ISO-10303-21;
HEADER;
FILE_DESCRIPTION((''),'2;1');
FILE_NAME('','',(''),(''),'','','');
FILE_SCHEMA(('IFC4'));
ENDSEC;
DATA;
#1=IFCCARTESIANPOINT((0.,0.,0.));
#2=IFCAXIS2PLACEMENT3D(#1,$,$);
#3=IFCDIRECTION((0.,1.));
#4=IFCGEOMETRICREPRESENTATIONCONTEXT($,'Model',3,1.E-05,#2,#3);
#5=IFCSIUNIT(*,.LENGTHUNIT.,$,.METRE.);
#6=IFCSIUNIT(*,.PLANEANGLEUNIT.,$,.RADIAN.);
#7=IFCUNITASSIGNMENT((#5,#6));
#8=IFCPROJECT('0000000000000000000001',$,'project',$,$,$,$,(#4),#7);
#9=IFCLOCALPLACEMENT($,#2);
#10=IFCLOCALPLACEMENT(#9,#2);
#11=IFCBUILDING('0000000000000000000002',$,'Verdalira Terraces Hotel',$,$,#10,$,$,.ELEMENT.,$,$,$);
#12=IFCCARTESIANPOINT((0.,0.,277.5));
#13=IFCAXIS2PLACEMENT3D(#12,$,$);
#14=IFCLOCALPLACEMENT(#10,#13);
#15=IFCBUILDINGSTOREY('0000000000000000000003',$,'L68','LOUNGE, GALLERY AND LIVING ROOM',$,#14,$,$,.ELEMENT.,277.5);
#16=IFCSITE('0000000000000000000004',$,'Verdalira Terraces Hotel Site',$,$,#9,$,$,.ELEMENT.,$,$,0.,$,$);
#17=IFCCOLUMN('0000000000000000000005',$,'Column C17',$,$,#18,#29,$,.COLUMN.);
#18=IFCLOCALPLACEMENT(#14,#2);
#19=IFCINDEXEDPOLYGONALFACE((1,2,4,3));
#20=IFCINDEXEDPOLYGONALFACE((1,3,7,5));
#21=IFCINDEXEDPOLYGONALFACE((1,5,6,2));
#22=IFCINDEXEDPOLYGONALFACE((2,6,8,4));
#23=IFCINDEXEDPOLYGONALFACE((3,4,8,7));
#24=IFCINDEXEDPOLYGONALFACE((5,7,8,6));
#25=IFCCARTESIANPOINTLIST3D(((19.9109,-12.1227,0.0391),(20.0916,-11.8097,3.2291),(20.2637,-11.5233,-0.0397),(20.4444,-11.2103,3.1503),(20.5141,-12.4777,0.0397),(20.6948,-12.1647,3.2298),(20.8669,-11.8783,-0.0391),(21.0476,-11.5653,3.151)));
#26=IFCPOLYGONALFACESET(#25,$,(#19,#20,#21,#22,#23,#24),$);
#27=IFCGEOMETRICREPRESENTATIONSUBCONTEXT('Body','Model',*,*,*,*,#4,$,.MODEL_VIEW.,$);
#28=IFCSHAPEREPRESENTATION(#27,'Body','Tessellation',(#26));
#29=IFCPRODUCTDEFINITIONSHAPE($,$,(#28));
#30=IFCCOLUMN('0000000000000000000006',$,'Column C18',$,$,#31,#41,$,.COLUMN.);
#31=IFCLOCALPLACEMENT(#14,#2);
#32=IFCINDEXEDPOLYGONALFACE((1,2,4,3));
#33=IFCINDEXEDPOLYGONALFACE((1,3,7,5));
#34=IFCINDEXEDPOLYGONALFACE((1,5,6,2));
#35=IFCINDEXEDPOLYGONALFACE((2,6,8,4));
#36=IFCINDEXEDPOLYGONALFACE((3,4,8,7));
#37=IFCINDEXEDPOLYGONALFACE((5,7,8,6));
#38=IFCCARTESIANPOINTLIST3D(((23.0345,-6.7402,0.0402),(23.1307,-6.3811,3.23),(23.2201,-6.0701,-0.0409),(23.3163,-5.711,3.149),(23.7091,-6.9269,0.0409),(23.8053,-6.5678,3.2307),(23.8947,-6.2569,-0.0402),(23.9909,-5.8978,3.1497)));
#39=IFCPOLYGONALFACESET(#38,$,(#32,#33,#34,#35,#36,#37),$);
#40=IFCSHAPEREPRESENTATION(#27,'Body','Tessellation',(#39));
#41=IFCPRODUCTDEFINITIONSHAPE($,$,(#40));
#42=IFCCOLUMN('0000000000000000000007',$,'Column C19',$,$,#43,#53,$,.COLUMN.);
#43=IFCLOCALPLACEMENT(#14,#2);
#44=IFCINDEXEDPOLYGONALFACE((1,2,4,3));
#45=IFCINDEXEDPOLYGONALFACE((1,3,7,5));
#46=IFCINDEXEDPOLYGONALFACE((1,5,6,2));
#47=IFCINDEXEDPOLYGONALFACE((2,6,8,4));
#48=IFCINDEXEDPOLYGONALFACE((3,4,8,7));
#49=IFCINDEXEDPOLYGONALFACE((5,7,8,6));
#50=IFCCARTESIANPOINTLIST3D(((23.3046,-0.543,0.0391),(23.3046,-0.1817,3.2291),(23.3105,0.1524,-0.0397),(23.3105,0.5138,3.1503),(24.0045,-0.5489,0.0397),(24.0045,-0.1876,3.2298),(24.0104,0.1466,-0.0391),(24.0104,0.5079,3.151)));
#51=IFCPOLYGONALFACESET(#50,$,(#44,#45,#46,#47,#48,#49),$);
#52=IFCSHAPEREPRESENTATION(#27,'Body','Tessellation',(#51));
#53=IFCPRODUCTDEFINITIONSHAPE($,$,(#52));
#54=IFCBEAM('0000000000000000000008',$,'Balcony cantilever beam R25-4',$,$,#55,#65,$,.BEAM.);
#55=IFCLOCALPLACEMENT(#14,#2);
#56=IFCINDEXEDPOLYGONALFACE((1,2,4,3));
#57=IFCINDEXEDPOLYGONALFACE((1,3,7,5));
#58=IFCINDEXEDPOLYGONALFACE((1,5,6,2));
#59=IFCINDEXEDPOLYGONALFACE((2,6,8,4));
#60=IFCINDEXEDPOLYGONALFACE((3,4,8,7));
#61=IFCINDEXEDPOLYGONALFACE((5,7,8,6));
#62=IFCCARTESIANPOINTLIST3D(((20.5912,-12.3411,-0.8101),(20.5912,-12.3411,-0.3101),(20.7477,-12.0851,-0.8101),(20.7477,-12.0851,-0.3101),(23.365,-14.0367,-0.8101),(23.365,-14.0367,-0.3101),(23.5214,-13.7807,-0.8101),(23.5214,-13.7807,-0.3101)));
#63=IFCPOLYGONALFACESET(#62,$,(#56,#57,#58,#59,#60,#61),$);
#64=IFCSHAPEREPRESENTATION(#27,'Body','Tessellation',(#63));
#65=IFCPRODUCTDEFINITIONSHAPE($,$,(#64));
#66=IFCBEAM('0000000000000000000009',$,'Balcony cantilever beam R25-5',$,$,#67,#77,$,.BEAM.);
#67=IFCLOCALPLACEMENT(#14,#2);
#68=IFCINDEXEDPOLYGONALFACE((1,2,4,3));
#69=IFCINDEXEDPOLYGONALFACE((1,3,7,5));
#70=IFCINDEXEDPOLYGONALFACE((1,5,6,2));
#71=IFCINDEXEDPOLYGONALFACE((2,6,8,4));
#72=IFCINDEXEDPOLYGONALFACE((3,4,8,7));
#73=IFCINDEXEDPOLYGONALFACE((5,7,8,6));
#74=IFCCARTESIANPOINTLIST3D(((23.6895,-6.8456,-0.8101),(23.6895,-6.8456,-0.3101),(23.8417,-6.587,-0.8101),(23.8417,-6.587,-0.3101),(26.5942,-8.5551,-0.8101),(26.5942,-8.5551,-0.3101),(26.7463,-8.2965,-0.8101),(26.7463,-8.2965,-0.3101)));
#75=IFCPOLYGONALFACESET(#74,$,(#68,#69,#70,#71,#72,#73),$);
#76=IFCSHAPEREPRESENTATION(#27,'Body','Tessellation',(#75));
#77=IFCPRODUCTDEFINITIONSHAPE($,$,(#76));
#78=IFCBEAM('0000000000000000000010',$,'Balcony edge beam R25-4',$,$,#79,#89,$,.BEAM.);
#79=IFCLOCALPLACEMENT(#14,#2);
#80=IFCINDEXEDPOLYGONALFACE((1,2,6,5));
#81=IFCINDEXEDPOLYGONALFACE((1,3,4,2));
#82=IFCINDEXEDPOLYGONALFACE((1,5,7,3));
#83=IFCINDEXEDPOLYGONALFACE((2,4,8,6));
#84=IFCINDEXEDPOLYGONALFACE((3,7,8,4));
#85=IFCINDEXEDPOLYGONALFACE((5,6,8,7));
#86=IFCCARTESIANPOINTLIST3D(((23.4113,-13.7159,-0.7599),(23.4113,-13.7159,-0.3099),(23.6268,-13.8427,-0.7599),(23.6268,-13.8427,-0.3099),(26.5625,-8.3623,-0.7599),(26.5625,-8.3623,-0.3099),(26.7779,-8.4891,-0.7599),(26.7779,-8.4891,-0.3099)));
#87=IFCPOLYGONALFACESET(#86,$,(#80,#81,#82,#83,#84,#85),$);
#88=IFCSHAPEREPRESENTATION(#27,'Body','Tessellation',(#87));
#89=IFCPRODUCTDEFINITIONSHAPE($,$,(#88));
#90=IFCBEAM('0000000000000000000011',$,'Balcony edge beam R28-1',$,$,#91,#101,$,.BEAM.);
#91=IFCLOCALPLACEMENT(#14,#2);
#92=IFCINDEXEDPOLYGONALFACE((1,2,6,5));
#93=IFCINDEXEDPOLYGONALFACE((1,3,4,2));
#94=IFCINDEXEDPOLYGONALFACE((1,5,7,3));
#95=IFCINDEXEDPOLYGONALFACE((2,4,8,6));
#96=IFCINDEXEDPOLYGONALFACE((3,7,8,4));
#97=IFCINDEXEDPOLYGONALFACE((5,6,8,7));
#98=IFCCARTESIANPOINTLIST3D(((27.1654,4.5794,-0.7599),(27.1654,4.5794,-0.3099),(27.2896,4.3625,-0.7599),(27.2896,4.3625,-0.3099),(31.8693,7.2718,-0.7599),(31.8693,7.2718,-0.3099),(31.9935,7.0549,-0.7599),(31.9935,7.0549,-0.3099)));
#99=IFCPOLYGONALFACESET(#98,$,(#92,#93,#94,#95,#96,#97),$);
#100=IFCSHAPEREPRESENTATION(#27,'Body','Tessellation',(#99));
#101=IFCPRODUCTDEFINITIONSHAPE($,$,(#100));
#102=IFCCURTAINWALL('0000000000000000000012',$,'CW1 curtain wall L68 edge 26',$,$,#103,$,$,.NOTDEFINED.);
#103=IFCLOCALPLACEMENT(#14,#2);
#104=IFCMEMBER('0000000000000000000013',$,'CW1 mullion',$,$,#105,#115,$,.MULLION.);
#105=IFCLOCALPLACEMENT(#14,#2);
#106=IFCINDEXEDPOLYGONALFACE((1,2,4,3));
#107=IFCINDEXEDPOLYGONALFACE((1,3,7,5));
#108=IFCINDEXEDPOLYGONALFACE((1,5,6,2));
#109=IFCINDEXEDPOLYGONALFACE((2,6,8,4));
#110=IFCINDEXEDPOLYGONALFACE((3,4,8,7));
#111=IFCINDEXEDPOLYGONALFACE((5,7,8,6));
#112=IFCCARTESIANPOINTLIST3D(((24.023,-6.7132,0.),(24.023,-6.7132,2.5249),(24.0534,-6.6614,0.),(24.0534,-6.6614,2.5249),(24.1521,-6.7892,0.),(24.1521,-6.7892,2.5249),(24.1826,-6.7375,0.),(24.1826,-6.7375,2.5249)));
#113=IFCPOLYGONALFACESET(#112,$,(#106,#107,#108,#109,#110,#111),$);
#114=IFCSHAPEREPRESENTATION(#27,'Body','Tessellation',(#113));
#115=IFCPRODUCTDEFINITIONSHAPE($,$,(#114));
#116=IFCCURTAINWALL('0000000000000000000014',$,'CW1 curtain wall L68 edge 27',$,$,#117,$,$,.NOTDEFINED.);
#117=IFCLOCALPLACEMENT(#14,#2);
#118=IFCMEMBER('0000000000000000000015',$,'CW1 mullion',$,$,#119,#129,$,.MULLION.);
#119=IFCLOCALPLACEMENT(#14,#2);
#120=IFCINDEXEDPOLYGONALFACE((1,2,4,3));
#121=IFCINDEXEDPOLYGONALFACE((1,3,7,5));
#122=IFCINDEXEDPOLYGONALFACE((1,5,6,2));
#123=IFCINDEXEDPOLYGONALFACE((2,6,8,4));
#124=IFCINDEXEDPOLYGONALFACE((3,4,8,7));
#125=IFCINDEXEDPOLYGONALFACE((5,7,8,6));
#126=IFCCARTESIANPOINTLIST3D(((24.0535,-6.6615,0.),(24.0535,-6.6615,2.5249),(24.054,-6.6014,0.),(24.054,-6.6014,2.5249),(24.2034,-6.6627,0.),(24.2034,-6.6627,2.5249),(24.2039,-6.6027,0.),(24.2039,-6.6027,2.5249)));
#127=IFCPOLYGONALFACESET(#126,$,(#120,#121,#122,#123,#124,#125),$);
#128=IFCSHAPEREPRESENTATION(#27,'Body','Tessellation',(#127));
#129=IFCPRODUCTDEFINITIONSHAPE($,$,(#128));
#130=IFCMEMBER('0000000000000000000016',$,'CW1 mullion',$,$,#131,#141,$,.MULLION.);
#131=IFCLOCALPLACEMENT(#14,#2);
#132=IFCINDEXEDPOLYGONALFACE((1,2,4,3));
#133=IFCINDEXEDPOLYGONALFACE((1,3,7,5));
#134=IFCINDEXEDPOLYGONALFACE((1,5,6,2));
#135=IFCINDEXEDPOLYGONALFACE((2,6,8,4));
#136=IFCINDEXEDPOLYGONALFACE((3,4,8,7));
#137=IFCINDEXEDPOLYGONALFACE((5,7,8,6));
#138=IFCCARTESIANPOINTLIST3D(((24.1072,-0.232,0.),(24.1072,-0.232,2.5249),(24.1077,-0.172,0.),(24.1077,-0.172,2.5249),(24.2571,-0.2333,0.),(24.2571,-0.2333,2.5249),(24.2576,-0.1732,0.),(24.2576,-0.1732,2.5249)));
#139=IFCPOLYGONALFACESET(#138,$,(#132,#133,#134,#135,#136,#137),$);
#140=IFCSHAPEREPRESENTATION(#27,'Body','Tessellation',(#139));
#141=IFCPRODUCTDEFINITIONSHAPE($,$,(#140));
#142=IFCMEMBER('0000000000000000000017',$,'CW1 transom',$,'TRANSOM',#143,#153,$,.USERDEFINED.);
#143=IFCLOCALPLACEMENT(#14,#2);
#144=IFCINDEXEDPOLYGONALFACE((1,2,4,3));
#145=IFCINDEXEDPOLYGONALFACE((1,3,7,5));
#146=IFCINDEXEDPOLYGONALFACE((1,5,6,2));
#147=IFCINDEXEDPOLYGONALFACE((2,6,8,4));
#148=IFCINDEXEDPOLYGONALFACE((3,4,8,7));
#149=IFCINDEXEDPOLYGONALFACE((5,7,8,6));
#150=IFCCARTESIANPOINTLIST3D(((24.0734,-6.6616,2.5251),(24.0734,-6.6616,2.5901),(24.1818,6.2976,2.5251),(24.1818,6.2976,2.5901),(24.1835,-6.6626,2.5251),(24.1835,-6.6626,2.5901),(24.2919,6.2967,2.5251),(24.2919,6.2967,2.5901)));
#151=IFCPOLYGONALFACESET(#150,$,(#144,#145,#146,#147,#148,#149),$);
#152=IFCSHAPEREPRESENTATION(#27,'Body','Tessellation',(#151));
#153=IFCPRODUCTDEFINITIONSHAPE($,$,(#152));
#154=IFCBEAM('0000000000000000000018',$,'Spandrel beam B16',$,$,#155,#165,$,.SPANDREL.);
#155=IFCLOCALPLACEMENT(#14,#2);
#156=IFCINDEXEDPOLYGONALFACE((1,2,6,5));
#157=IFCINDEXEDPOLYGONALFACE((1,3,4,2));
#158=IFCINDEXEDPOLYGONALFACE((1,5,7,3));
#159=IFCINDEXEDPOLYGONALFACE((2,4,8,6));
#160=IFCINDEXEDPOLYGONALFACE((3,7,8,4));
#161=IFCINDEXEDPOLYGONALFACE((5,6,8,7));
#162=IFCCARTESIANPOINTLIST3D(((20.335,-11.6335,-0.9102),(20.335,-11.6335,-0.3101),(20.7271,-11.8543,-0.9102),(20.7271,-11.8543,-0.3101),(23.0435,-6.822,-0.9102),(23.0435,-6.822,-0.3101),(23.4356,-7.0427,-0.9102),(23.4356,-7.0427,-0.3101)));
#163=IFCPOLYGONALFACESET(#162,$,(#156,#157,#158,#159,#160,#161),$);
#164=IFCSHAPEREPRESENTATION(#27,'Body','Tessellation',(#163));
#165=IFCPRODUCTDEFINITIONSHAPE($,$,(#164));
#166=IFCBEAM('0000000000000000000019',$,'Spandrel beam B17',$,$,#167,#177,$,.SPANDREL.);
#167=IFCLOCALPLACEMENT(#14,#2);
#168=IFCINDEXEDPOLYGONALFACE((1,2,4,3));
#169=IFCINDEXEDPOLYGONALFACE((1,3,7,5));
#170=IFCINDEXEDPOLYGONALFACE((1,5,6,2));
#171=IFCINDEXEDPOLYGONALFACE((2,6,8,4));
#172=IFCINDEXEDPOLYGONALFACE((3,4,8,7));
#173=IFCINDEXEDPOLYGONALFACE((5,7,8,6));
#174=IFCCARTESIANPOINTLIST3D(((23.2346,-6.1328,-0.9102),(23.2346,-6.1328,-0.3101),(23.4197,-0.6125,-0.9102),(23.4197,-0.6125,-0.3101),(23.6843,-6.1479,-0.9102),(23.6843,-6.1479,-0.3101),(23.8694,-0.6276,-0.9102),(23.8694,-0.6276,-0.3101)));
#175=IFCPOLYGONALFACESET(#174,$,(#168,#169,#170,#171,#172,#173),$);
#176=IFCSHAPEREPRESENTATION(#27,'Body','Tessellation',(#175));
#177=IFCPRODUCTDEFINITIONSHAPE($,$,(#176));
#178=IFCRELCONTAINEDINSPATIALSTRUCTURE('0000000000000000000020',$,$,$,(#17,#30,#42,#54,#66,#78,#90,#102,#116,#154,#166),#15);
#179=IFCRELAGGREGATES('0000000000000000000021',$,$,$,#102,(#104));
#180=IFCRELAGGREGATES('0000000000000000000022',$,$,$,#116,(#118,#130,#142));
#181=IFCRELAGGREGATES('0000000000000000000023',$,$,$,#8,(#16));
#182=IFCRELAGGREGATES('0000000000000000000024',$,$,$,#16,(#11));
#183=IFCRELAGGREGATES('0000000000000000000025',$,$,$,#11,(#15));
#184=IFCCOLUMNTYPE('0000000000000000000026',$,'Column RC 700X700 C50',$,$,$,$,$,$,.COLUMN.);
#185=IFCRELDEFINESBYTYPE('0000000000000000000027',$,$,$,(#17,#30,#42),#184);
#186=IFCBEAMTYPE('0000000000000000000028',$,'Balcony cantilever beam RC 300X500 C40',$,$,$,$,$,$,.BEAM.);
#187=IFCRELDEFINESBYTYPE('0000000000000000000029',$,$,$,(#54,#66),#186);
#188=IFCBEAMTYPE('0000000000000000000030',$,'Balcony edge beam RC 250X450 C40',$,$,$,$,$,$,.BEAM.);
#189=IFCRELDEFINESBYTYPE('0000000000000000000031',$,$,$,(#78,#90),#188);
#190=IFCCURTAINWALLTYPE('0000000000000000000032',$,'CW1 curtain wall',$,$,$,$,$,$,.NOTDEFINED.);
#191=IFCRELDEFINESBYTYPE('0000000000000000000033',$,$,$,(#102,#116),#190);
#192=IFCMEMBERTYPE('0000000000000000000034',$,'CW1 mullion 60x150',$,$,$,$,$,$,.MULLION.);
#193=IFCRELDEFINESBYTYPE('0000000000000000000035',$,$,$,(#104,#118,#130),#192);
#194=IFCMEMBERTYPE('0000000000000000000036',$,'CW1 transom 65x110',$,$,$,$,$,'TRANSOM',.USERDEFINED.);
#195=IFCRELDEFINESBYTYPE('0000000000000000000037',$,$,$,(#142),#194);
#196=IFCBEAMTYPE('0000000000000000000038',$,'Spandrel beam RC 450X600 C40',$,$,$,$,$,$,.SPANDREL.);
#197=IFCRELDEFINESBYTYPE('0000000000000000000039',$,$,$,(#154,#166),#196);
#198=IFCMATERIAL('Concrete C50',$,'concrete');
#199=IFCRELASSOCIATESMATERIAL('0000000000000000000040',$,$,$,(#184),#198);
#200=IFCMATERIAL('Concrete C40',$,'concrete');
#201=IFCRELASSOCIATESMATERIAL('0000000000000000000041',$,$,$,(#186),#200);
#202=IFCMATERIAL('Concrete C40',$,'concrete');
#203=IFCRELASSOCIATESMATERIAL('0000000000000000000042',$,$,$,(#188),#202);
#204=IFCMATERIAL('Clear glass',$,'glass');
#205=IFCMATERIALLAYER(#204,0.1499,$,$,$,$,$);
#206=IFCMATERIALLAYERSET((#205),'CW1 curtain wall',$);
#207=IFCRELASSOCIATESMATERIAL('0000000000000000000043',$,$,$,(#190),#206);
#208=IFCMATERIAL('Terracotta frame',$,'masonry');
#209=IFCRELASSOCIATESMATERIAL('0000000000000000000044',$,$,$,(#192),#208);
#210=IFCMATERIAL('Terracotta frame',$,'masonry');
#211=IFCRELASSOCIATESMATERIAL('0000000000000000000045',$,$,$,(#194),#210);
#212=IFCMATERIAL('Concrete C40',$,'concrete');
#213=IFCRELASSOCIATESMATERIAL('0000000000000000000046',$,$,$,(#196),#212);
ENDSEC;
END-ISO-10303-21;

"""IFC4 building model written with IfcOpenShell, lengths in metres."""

from ifc_helpers import new_model, si_unit, direction, frame, origin, origin_2d, place, context, subcontext, project, spatial, rectangle, extrude, material, layer, layer_set, material_profile, profile_set, type_object, element, aggregate, save


model = new_model("IFC4")

# Units and contexts
model_context = context("Model", 3, precision=1e-05, world=origin(), true_north=direction((0.0, 1.0)))
body_context = subcontext(model_context, "Body", "Model", "MODEL_VIEW")
ifc_project = project(units=[si_unit("LENGTHUNIT", "METRE"), si_unit("PLANEANGLEUNIT", "RADIAN")], contexts=[model_context])

# Site, building, storey
site_placement = place(None, origin())
site = spatial("IfcSite", under=ifc_project, at=site_placement, Name="Verdalira Terraces Hotel Site", CompositionType="ELEMENT", RefElevation=0.0)
building_placement = place(site_placement, origin())
building = spatial("IfcBuilding", under=site, at=building_placement, Name="Verdalira Terraces Hotel", CompositionType="ELEMENT")
storey_placement = place(building_placement, frame((0.0, 0.0, 277.5)))
storey = spatial("IfcBuildingStorey", under=building, at=storey_placement, Name="L68", Description="LOUNGE, GALLERY AND LIVING ROOM", CompositionType="ELEMENT", Elevation=277.5)

# Columns
ifc_material_1 = material(Name="Concrete C50", Category="concrete")
ifc_material_profile_1 = material_profile(ifc_material_1, rectangle(XDim=0.7, YDim=0.7, at=origin_2d()), Name="RC 700X700")
ifc_profile_set_1 = profile_set([ifc_material_profile_1], Name="Concrete C50")
column_type = type_object("IfcColumnType", Name="Column RC 700X700 C50", PredefinedType="COLUMN", material=ifc_profile_set_1)
column_1_placement = place(storey_placement, frame((20.3889, -12.0005, 0.0), z_axis=(0.056276, 0.097494, 0.993644), x_axis=(0.504025, 0.856322, -0.112566)))
element("IfcColumn", 1, at=column_1_placement, inside=storey, type_object=column_type, Name="Column C17", PredefinedType="COLUMN", context=body_context, shape_type="SweptSolid", body=[
    extrude(rectangle(XDim=0.7, YDim=0.7, at=origin_2d()), origin(), (0.0, 0.0, 1.0), 3.2104),
])
column_2_placement = place(storey_placement, frame((23.4646, -6.4985, 0.0), z_axis=(0.029952, 0.111825, 0.993276), x_axis=(-0.265123, -0.95724, 0.115763)))
element("IfcColumn", 2, at=column_2_placement, inside=storey, type_object=column_type, Name="Column C18", PredefinedType="COLUMN", context=body_context, shape_type="SweptSolid", body=[
    extrude(rectangle(XDim=0.7, YDim=0.7, at=origin_2d()), origin(), (0.0, 0.0, 1.0), 3.2114),
])
column_3_placement = place(storey_placement, frame((23.6575, -0.1982, 0.0), z_axis=(0.0, 0.112551, 0.993646), x_axis=(0.008432, 0.993611, -0.112547)))
element("IfcColumn", 3, at=column_3_placement, inside=storey, type_object=column_type, Name="Column C19", PredefinedType="COLUMN", context=body_context, shape_type="SweptSolid", body=[
    extrude(rectangle(XDim=0.7, YDim=0.7, at=origin_2d()), origin(), (0.0, 0.0, 1.0), 3.2104),
])

# Beams
ifc_material_2 = material(Name="Concrete C40", Category="concrete")
ifc_material_profile_2 = material_profile(ifc_material_2, rectangle(XDim=0.3, YDim=0.5, at=origin_2d()), Name="RC 300X500")
ifc_profile_set_2 = profile_set([ifc_material_profile_2], Name="Concrete C40")
beam_type_1 = type_object("IfcBeamType", Name="Balcony cantilever beam RC 300X500 C40", PredefinedType="BEAM", material=ifc_profile_set_2)
beam_1_placement = place(storey_placement, frame((20.6694, -12.2131, -0.5601), z_axis=(0.853209, -0.521568, 0.0), x_axis=(0.521568, 0.853209, 0.0)))
element("IfcBeam", 4, at=beam_1_placement, inside=storey, type_object=beam_type_1, Name="Balcony cantilever beam R25-4", PredefinedType="BEAM", context=body_context, shape_type="SweptSolid", body=[
    extrude(rectangle(XDim=0.3, YDim=0.5, at=origin_2d()), origin(), (0.0, 0.0, 1.0), 3.251),
])
beam_2_placement = place(storey_placement, frame((23.7656, -6.7163, -0.5601), z_axis=(0.861815, -0.507223, 0.0), x_axis=(0.507223, 0.861815, 0.0)))
element("IfcBeam", 5, at=beam_2_placement, inside=storey, type_object=beam_type_1, Name="Balcony cantilever beam R25-5", PredefinedType="BEAM", context=body_context, shape_type="SweptSolid", body=[
    extrude(rectangle(XDim=0.3, YDim=0.5, at=origin_2d()), origin(), (0.0, 0.0, 1.0), 3.3704),
])
ifc_material_3 = material(Name="Concrete C40", Category="concrete")
ifc_material_profile_3 = material_profile(ifc_material_3, rectangle(XDim=0.25, YDim=0.45, at=origin_2d()), Name="RC 250X450")
ifc_profile_set_3 = profile_set([ifc_material_profile_3], Name="Concrete C40")
beam_type_2 = type_object("IfcBeamType", Name="Balcony edge beam RC 250X450 C40", PredefinedType="BEAM", material=ifc_profile_set_3)
beam_3_placement = place(storey_placement, frame((23.519, -13.7793, -0.5349), z_axis=(0.507259, 0.861794, 0.0), x_axis=(-0.861794, 0.507259, 0.0)))
element("IfcBeam", 6, at=beam_3_placement, inside=storey, type_object=beam_type_2, Name="Balcony edge beam R25-4", PredefinedType="BEAM", context=body_context, shape_type="SweptSolid", body=[
    extrude(rectangle(XDim=0.25, YDim=0.45, at=origin_2d()), origin(), (0.0, 0.0, 1.0), 6.2122),
])
beam_4_placement = place(storey_placement, frame((27.2275, 4.4709, -0.5349), z_axis=(0.867888, 0.49676, 0.0), x_axis=(-0.49676, 0.867888, 0.0)))
element("IfcBeam", 7, at=beam_4_placement, inside=storey, type_object=beam_type_2, Name="Balcony edge beam R28-1", PredefinedType="BEAM", context=body_context, shape_type="SweptSolid", body=[
    extrude(rectangle(XDim=0.25, YDim=0.45, at=origin_2d()), origin(), (0.0, 0.0, 1.0), 5.4199),
])

# Curtain wall, member
ifc_material_4 = material(Name="Clear glass", Category="glass")
ifc_layer_1 = layer(ifc_material_4, 0.1499)
ifc_layer_set_1 = layer_set([ifc_layer_1], Name="CW1 curtain wall")
curtain_wall_type = type_object("IfcCurtainWallType", Name="CW1 curtain wall", PredefinedType="NOTDEFINED", material=ifc_layer_set_1)
curtain_wall_1_placement = place(storey_placement, origin())
curtain_wall_1 = element("IfcCurtainWall", 8, at=curtain_wall_1_placement, inside=storey, type_object=curtain_wall_type, Name="CW1 curtain wall L68 edge 26", PredefinedType="NOTDEFINED")
ifc_material_5 = material(Name="Terracotta frame", Category="masonry")
ifc_material_profile_4 = material_profile(ifc_material_5, rectangle(XDim=0.0601, YDim=0.1499, at=origin_2d()), Name="MU 60x150")
ifc_profile_set_4 = profile_set([ifc_material_profile_4], Name="Terracotta frame")
member_type_1 = type_object("IfcMemberType", Name="CW1 mullion 60x150", PredefinedType="MULLION", material=ifc_profile_set_4)
member_1_placement = place(storey_placement, frame((24.1028, -6.7253, 0.0), z_axis=(0.0, 0.0, 1.0), x_axis=(0.507238, 0.861806, 0.0)))
member_1 = element("IfcMember", 9, at=member_1_placement, type_object=member_type_1, Name="CW1 mullion", PredefinedType="MULLION", context=body_context, shape_type="SweptSolid", body=[
    extrude(rectangle(XDim=0.0601, YDim=0.1499, at=origin_2d()), origin(), (0.0, 0.0, 1.0), 2.5249),
])

# Curtain wall, members
curtain_wall_2_placement = place(storey_placement, origin())
curtain_wall_2 = element("IfcCurtainWall", 10, at=curtain_wall_2_placement, inside=storey, type_object=curtain_wall_type, Name="CW1 curtain wall L68 edge 27", PredefinedType="NOTDEFINED")
member_2_placement = place(storey_placement, frame((24.1287, -6.6321, 0.0), z_axis=(0.0, 0.0, 1.0), x_axis=(0.008377, 0.999965, 0.0)))
member_2 = element("IfcMember", 11, at=member_2_placement, type_object=member_type_1, Name="CW1 mullion", PredefinedType="MULLION", context=body_context, shape_type="SweptSolid", body=[
    extrude(rectangle(XDim=0.0601, YDim=0.1499, at=origin_2d()), origin(), (0.0, 0.0, 1.0), 2.5249),
])
member_3_placement = place(storey_placement, frame((24.1824, -0.2026, 0.0), z_axis=(0.0, 0.0, 1.0), x_axis=(0.008377, 0.999965, 0.0)))
member_3 = element("IfcMember", 12, at=member_3_placement, type_object=member_type_1, Name="CW1 mullion", PredefinedType="MULLION", context=body_context, shape_type="SweptSolid", body=[
    extrude(rectangle(XDim=0.0601, YDim=0.1499, at=origin_2d()), origin(), (0.0, 0.0, 1.0), 2.5249),
])
ifc_material_6 = material(Name="Terracotta frame", Category="masonry")
ifc_material_profile_5 = material_profile(ifc_material_6, rectangle(XDim=0.1101, YDim=0.0649, at=origin_2d()), Name="TR 65x110")
ifc_profile_set_5 = profile_set([ifc_material_profile_5], Name="Terracotta frame")
member_type_2 = type_object("IfcMemberType", Name="CW1 transom 65x110", ElementType="TRANSOM", PredefinedType="USERDEFINED", material=ifc_profile_set_5)
member_4_placement = place(storey_placement, frame((24.1284, -6.6621, 2.5576), z_axis=(0.008364, 0.999965, 0.0), x_axis=(-0.999965, 0.008364, 0.0)))
member_4 = element("IfcMember", 13, at=member_4_placement, type_object=member_type_2, Name="CW1 transom", ObjectType="TRANSOM", PredefinedType="USERDEFINED", context=body_context, shape_type="SweptSolid", body=[
    extrude(rectangle(XDim=0.1101, YDim=0.0649, at=origin_2d()), origin(), (0.0, 0.0, 1.0), 12.9597),
])

# Beams
ifc_material_7 = material(Name="Concrete C40", Category="concrete")
ifc_material_profile_6 = material_profile(ifc_material_7, rectangle(XDim=0.45, YDim=0.6001, at=origin_2d()), Name="RC 450X600")
ifc_profile_set_6 = profile_set([ifc_material_profile_6], Name="Concrete C40")
beam_type_3 = type_object("IfcBeamType", Name="Spandrel beam RC 450X600 C40", PredefinedType="SPANDREL", material=ifc_profile_set_6)
beam_5_placement = place(storey_placement, frame((20.531, -11.7439, -0.6101), z_axis=(0.490538, 0.87142, 0.0), x_axis=(-0.87142, 0.490538, 0.0)))
element("IfcBeam", 14, at=beam_5_placement, inside=storey, type_object=beam_type_3, Name="Spandrel beam B16", PredefinedType="SPANDREL", context=body_context, shape_type="SweptSolid", body=[
    extrude(rectangle(XDim=0.45, YDim=0.6001, at=origin_2d()), origin(), (0.0, 0.0, 1.0), 5.5215),
])
beam_6_placement = place(storey_placement, frame((23.4595, -6.1404, -0.6101), z_axis=(0.033505, 0.999439, 0.0), x_axis=(-0.999439, 0.033505, 0.0)))
element("IfcBeam", 15, at=beam_6_placement, inside=storey, type_object=beam_type_3, Name="Spandrel beam B17", PredefinedType="SPANDREL", context=body_context, shape_type="SweptSolid", body=[
    extrude(rectangle(XDim=0.45, YDim=0.6001, at=origin_2d()), origin(), (0.0, 0.0, 1.0), 5.5234),
])

aggregate(curtain_wall_1, [member_1])
aggregate(curtain_wall_2, [member_2, member_3, member_4])

save(model, "model.ifc")
